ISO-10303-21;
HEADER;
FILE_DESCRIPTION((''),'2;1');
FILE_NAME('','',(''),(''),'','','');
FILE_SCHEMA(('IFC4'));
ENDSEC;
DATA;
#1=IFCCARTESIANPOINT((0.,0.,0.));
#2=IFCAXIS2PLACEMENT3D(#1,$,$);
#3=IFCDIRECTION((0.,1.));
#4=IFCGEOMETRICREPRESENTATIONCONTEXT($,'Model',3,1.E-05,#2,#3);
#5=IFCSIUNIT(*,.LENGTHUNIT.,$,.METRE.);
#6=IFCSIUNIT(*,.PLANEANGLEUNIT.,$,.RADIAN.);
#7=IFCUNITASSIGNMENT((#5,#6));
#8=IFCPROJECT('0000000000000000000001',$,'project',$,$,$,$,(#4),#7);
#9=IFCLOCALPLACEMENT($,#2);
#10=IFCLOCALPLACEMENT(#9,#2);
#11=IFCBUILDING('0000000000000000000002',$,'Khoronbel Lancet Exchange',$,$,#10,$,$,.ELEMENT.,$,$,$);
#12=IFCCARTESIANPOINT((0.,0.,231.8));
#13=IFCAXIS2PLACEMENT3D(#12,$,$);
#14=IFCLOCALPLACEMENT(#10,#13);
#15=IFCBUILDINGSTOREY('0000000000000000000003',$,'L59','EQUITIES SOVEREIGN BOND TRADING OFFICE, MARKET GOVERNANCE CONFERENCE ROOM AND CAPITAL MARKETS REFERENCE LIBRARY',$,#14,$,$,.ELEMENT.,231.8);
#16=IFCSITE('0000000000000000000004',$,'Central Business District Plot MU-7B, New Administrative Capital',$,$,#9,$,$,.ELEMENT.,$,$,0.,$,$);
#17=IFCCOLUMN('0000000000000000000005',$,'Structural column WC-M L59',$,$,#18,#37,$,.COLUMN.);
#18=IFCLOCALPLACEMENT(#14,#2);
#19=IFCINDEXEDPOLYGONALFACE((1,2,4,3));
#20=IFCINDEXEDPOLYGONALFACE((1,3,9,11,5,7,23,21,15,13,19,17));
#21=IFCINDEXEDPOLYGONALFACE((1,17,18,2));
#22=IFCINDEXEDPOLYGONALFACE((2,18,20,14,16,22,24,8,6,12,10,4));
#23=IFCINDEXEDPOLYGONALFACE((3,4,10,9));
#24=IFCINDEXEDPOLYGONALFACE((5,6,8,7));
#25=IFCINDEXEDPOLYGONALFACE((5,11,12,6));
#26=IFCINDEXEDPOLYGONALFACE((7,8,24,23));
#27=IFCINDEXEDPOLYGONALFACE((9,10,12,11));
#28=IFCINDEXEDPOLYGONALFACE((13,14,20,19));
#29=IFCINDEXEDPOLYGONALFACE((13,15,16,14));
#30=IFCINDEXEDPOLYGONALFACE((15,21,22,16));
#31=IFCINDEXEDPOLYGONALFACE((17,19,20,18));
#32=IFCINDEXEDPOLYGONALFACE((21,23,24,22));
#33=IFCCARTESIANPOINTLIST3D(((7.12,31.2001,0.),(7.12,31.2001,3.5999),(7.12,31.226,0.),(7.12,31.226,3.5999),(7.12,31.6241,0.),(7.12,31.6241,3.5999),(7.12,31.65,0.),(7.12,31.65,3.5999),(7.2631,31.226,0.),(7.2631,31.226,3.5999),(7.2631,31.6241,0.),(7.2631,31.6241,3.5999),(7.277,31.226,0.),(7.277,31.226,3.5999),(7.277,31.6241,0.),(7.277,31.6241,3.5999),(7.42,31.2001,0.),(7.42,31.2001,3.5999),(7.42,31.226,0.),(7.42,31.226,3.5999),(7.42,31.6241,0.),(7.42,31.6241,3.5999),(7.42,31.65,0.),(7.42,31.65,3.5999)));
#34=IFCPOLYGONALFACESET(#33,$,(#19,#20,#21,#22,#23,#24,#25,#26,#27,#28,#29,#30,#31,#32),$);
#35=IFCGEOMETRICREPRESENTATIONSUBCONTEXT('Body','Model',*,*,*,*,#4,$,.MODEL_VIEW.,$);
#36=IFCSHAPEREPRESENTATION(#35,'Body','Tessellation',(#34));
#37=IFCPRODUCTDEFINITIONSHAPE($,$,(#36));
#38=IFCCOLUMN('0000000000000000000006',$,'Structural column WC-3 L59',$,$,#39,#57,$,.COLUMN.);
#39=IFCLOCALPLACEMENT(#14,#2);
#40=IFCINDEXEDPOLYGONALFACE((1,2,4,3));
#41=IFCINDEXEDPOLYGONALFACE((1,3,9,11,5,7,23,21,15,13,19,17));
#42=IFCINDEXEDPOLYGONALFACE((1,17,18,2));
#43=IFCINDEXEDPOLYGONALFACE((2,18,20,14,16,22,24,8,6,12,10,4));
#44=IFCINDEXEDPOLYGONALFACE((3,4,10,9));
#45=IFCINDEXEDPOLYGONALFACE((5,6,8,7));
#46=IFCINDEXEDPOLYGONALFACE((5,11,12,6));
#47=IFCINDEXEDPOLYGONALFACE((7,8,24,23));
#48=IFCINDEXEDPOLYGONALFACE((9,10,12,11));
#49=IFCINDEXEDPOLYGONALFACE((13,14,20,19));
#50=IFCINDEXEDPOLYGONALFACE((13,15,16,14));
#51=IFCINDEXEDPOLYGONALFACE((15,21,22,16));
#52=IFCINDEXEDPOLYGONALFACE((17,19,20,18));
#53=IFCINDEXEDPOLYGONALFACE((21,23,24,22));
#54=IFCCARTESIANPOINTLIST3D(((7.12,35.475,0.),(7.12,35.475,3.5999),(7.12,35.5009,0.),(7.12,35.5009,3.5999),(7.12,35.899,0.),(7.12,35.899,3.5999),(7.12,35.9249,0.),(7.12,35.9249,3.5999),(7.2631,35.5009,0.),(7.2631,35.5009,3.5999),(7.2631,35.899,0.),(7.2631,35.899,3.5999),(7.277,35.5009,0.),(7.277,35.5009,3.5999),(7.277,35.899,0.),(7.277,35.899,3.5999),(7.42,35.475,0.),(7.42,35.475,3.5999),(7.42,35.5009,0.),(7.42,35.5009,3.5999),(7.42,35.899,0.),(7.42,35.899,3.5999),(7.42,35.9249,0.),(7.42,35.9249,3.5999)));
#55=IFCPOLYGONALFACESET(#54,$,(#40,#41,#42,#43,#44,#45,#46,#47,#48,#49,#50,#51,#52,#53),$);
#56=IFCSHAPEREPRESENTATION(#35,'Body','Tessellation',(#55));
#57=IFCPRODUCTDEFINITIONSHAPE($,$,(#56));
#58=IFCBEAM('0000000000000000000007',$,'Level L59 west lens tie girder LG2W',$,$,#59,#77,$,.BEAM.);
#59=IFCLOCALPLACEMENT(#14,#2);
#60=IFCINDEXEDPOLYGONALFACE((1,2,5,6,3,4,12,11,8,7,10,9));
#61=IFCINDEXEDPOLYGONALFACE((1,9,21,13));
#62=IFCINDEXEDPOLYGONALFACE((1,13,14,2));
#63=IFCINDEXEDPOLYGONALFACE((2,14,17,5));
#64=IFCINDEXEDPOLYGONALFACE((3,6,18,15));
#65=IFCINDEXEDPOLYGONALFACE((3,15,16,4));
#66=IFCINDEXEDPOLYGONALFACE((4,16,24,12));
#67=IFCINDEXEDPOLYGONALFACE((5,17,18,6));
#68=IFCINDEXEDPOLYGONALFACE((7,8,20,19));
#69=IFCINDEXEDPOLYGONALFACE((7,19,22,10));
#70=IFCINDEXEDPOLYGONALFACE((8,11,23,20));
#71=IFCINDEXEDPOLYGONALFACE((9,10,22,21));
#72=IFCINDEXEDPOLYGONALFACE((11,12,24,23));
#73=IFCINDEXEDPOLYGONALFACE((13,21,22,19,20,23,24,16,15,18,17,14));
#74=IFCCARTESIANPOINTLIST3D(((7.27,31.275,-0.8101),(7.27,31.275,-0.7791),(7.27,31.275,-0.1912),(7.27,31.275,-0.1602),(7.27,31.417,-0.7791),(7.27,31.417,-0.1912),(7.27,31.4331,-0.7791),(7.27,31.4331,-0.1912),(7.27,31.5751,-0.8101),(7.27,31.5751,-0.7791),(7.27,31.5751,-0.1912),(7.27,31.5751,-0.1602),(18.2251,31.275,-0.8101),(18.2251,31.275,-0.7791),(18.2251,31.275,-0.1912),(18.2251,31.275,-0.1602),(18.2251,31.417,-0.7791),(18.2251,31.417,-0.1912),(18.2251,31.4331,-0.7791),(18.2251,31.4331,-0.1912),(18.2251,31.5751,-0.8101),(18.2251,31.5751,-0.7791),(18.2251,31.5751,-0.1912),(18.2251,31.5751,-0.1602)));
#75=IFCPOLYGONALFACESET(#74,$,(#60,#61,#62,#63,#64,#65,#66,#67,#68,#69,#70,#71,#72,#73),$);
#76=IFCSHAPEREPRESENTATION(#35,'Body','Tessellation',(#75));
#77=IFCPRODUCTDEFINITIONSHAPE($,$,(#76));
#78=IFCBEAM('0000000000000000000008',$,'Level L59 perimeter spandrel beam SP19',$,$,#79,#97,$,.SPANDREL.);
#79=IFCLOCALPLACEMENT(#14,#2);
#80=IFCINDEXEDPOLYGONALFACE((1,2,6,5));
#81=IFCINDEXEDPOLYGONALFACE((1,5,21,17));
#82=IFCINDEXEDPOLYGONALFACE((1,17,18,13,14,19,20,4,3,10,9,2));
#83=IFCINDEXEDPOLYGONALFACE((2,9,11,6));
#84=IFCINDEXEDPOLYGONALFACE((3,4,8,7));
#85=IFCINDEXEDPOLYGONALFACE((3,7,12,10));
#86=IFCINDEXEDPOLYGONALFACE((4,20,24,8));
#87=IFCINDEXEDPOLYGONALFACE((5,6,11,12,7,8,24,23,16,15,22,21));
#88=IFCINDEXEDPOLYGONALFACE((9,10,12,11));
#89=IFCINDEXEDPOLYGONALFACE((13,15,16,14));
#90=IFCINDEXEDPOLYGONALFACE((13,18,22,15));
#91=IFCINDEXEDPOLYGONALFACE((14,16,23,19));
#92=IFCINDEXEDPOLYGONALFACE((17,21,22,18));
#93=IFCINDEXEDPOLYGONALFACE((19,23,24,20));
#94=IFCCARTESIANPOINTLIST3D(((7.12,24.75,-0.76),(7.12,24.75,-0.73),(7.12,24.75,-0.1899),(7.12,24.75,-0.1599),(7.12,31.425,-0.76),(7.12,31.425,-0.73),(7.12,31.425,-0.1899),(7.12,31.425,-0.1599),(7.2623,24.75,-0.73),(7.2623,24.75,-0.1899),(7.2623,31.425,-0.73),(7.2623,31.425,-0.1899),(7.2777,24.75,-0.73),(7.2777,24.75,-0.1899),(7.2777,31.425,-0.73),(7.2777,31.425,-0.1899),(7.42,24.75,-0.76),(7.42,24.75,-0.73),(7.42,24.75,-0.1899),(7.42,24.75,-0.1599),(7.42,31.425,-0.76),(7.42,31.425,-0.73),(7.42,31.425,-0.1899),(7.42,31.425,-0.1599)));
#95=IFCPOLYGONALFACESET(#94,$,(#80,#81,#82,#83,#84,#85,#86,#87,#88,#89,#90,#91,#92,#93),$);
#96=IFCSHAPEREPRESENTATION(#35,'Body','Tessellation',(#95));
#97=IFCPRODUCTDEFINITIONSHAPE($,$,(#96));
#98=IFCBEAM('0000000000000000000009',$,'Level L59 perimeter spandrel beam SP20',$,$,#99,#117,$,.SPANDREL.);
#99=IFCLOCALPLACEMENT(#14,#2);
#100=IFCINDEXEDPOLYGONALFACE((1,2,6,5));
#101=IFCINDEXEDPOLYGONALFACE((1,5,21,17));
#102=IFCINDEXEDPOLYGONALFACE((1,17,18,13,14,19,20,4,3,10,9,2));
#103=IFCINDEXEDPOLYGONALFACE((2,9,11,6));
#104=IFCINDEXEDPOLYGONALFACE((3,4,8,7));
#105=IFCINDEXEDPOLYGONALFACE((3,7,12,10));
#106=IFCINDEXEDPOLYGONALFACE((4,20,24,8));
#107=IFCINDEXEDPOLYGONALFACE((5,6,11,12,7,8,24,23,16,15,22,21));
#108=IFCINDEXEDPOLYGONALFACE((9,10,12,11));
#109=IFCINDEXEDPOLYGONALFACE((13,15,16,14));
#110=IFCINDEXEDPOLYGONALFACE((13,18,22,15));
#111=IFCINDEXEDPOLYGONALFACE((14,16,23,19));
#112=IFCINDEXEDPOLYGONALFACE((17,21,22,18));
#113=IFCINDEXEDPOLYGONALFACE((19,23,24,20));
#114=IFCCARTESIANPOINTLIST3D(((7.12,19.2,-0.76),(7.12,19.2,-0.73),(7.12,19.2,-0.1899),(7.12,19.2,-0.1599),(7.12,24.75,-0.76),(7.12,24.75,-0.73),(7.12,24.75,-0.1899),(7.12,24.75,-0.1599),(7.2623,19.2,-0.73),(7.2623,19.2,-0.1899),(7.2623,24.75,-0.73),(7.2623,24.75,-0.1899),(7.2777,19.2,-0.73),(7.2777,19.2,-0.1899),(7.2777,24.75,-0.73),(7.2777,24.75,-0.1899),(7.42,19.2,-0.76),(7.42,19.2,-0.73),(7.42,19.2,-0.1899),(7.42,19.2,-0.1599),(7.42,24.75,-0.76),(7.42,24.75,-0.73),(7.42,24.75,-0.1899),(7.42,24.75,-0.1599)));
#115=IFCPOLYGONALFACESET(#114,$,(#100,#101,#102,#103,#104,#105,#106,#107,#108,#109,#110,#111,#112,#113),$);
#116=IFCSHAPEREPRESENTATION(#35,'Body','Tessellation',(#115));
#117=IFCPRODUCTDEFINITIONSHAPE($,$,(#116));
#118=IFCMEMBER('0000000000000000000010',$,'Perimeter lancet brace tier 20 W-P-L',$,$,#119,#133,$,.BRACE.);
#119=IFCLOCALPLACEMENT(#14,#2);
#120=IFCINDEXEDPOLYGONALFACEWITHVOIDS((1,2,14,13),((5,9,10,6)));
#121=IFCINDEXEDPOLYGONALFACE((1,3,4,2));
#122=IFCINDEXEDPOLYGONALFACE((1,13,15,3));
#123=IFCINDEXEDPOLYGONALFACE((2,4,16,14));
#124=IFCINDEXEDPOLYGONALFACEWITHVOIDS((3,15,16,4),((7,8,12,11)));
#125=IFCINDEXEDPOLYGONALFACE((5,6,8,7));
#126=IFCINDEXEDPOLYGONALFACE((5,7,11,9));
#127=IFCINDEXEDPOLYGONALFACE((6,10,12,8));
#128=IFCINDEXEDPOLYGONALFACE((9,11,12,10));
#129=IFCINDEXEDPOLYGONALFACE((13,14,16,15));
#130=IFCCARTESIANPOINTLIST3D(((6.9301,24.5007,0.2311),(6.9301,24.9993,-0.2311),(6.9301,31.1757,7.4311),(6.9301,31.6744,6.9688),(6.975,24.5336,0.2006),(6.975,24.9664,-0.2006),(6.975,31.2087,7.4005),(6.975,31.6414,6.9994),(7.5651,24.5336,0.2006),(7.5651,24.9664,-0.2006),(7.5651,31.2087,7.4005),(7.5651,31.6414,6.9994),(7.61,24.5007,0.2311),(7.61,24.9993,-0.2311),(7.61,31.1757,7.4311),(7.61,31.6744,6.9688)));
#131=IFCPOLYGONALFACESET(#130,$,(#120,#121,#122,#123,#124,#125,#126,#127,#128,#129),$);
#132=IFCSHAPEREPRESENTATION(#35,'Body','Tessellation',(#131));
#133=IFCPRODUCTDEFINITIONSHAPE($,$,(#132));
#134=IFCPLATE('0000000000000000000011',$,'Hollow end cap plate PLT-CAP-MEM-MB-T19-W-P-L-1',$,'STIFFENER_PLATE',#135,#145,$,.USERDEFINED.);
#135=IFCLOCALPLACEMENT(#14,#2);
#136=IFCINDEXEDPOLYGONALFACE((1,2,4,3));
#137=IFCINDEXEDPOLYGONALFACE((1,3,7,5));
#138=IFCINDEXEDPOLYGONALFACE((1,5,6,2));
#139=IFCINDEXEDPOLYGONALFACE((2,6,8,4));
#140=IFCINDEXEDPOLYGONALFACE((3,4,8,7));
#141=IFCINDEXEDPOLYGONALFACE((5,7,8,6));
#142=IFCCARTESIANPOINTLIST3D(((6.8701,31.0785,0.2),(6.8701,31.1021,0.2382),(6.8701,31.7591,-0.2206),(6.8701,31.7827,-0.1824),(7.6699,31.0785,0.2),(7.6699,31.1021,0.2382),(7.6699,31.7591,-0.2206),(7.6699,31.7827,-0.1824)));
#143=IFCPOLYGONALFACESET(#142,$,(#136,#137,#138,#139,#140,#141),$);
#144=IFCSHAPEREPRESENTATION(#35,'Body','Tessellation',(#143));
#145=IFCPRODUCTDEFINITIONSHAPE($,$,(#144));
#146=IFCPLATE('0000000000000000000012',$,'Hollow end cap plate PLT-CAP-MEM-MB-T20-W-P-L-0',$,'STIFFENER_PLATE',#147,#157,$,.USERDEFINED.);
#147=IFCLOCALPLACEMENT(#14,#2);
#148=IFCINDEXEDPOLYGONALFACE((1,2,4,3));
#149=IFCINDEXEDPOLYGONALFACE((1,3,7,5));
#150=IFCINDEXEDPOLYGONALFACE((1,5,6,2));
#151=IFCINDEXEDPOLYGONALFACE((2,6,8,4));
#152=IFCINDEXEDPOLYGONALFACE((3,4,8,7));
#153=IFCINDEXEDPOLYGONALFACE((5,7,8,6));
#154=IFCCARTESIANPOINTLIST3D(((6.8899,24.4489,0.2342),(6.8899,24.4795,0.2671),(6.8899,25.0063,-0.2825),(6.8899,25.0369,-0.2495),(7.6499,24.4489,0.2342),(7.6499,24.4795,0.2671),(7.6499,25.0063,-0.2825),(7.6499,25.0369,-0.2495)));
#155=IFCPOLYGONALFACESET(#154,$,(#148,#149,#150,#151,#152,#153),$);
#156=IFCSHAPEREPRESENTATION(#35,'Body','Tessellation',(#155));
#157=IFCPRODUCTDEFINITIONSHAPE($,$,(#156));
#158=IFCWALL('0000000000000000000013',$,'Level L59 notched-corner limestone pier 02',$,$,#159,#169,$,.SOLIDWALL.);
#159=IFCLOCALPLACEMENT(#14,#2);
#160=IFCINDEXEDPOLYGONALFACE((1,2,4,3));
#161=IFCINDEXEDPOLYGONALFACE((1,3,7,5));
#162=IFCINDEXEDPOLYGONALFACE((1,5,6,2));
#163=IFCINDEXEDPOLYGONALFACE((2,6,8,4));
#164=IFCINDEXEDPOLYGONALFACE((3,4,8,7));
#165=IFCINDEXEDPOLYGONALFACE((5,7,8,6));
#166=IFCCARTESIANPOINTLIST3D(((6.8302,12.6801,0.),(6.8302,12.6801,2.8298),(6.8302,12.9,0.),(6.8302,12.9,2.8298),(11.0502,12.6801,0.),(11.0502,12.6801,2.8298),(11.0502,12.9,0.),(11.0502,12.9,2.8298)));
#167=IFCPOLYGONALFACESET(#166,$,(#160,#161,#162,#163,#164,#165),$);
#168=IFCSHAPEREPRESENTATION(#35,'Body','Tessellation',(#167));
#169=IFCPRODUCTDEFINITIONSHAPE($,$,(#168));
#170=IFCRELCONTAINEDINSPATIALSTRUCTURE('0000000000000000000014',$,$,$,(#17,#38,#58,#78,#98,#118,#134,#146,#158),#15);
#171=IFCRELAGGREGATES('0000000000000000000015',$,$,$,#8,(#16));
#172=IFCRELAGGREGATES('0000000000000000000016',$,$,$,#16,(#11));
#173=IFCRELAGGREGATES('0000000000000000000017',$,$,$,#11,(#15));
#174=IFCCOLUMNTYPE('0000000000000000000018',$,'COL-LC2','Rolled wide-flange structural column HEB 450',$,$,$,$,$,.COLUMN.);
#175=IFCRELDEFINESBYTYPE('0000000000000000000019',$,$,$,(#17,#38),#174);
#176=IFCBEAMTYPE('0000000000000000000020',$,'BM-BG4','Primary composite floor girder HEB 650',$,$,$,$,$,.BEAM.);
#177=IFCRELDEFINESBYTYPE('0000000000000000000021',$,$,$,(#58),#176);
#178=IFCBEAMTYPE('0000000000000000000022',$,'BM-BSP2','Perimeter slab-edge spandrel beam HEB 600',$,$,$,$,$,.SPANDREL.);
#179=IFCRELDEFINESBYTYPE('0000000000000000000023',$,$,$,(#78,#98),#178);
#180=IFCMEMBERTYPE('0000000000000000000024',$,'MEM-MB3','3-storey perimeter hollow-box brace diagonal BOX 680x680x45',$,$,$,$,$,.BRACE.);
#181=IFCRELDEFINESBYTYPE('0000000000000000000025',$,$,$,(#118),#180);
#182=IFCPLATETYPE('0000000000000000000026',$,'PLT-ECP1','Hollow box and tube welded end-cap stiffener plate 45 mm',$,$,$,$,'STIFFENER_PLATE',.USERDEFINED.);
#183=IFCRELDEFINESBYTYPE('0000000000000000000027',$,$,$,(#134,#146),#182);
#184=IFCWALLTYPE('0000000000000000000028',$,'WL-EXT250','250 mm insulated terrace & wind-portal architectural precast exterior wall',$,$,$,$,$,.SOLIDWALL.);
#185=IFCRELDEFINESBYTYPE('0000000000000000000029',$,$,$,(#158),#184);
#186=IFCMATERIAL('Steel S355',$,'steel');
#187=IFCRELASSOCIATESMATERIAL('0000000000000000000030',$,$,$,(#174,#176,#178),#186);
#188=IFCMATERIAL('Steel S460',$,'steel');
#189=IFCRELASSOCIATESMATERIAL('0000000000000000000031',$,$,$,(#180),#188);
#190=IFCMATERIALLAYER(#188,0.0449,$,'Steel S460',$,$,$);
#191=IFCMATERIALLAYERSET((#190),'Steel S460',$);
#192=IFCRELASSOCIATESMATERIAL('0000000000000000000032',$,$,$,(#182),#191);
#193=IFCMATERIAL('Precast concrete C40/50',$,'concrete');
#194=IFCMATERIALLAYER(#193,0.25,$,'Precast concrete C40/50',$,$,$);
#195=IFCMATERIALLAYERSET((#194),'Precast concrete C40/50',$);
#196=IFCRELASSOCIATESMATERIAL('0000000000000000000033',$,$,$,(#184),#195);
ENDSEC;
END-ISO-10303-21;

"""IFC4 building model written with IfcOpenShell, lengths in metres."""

from ifc_helpers import new_model, si_unit, direction, frame, frame_2d, origin, origin_2d, place, context, subcontext, project, spatial, polyline, rectangle, hollow_rectangle, i_section, outline, extrude, material, layer, layer_set, material_profile, profile_set, type_object, element, save


model = new_model("IFC4")

# Units and contexts
model_context = context("Model", 3, precision=1e-05, world=origin(), true_north=direction((0.0, 1.0)))
body_context = subcontext(model_context, "Body", "Model", "MODEL_VIEW")
ifc_project = project(units=[si_unit("LENGTHUNIT", "METRE"), si_unit("PLANEANGLEUNIT", "RADIAN")], contexts=[model_context])

# Site, building, storey
site_placement = place(None, origin())
site = spatial("IfcSite", under=ifc_project, at=site_placement, Name="Central Business District Plot MU-7B, New Administrative Capital", CompositionType="ELEMENT", RefElevation=0.0)
building_placement = place(site_placement, origin())
building = spatial("IfcBuilding", under=site, at=building_placement, Name="Khoronbel Lancet Exchange", CompositionType="ELEMENT")
storey_placement = place(building_placement, frame((0.0, 0.0, 231.8)))
storey = spatial("IfcBuildingStorey", under=building, at=storey_placement, Name="L59", Description="EQUITIES SOVEREIGN BOND TRADING OFFICE, MARKET GOVERNANCE CONFERENCE ROOM AND CAPITAL MARKETS REFERENCE LIBRARY", CompositionType="ELEMENT", Elevation=231.8)

# Columns
ifc_material_1 = material(Name="Steel S355", Category="steel")
ifc_material_profile_1 = material_profile(ifc_material_1, i_section(OverallWidth=0.3, OverallDepth=0.45, WebThickness=0.0139, FlangeThickness=0.0259, at=origin_2d()), Name="HEB 450")
ifc_profile_set_1 = profile_set([ifc_material_profile_1], Name="Steel S355")
column_type = type_object("IfcColumnType", Name="COL-LC2", Description="Rolled wide-flange structural column HEB 450", PredefinedType="COLUMN", material=ifc_profile_set_1)
for number, where, z_axis, x_axis, name in (
    (1, (7.27, 31.425, 0.0), (0.0, 0.0, 1.0), (1.0, 0.0, 0.0), "Structural column WC-M L59"),
    (2, (7.27, 35.7, 0.0), (0.0, 0.0, 1.0), (1.0, 0.0, 0.0), "Structural column WC-3 L59"),
):
    element("IfcColumn", number, at=place(storey_placement, frame(where, z_axis=z_axis, x_axis=x_axis)), inside=storey, type_object=column_type, Name=name, PredefinedType="COLUMN", context=body_context, shape_type="SweptSolid", body=[
        extrude(i_section(OverallWidth=0.3, OverallDepth=0.45, WebThickness=0.0139, FlangeThickness=0.0259, at=origin_2d()), origin(), (0.0, 0.0, 1.0), 3.5999),
    ])

# Beams
ifc_material_profile_2 = material_profile(ifc_material_1, i_section(OverallWidth=0.3, OverallDepth=0.6499, WebThickness=0.0161, FlangeThickness=0.031, at=origin_2d()), Name="HEB 650")
ifc_profile_set_2 = profile_set([ifc_material_profile_2], Name="Steel S355")
beam_type_1 = type_object("IfcBeamType", Name="BM-BG4", Description="Primary composite floor girder HEB 650", PredefinedType="BEAM", material=ifc_profile_set_2)
beam_1_placement = place(storey_placement, frame((7.27, 31.425, -0.4851), z_axis=(1.0, 0.0, 0.0), x_axis=(0.0, 1.0, 0.0)))
element("IfcBeam", 3, at=beam_1_placement, inside=storey, type_object=beam_type_1, Name="Level L59 west lens tie girder LG2W", PredefinedType="BEAM", context=body_context, shape_type="SweptSolid", body=[
    extrude(i_section(OverallWidth=0.3, OverallDepth=0.6499, WebThickness=0.0161, FlangeThickness=0.031, at=origin_2d()), origin(), (0.0, 0.0, 1.0), 10.9551),
])
ifc_material_profile_3 = material_profile(ifc_material_1, i_section(OverallWidth=0.3, OverallDepth=0.6001, WebThickness=0.0154, FlangeThickness=0.03, at=origin_2d()), Name="HEB 600")
ifc_profile_set_3 = profile_set([ifc_material_profile_3], Name="Steel S355")
beam_type_2 = type_object("IfcBeamType", Name="BM-BSP2", Description="Perimeter slab-edge spandrel beam HEB 600", PredefinedType="SPANDREL", material=ifc_profile_set_3)
beam_2_placement = place(storey_placement, frame((7.27, 31.425, -0.46), z_axis=(0.0, -1.0, 0.0), x_axis=(1.0, 0.0, 0.0)))
element("IfcBeam", 4, at=beam_2_placement, inside=storey, type_object=beam_type_2, Name="Level L59 perimeter spandrel beam SP19", PredefinedType="SPANDREL", context=body_context, shape_type="SweptSolid", body=[
    extrude(i_section(OverallWidth=0.3, OverallDepth=0.6001, WebThickness=0.0154, FlangeThickness=0.03, at=origin_2d()), origin(), (0.0, 0.0, 1.0), 6.675),
])
beam_3_placement = place(storey_placement, frame((7.27, 24.75, -0.46), z_axis=(0.0, -1.0, 0.0), x_axis=(1.0, 0.0, 0.0)))
element("IfcBeam", 5, at=beam_3_placement, inside=storey, type_object=beam_type_2, Name="Level L59 perimeter spandrel beam SP20", PredefinedType="SPANDREL", context=body_context, shape_type="SweptSolid", body=[
    extrude(i_section(OverallWidth=0.3, OverallDepth=0.6001, WebThickness=0.0154, FlangeThickness=0.03, at=origin_2d()), origin(), (0.0, 0.0, 1.0), 5.55),
])

# Member
ifc_material_2 = material(Name="Steel S460", Category="steel")
ifc_material_profile_4 = material_profile(ifc_material_2, hollow_rectangle(XDim=0.6799, YDim=0.6799, WallThickness=0.0449, at=origin_2d()), Name="BOX 680x680x45")
ifc_profile_set_4 = profile_set([ifc_material_profile_4], Name="Steel S460")
member_type = type_object("IfcMemberType", Name="MEM-MB3", Description="3-storey perimeter hollow-box brace diagonal BOX 680x680x45", PredefinedType="BRACE", material=ifc_profile_set_4)
member_placement = place(storey_placement, frame((7.27, 24.75, 0.0), z_axis=(0.0, 0.67987, 0.733333), x_axis=(-1.0, 0.0, 0.0)))
element("IfcMember", 6, at=member_placement, inside=storey, type_object=member_type, Name="Perimeter lancet brace tier 20 W-P-L", PredefinedType="BRACE", context=body_context, shape_type="SweptSolid", body=[
    extrude(hollow_rectangle(XDim=0.6799, YDim=0.6799, WallThickness=0.0449, at=origin_2d()), origin(), (0.0, 0.0, 1.0), 9.8181),
])

# Plates
ifc_layer_1 = layer(ifc_material_2, 0.0449, Name="Steel S460")
ifc_layer_set_1 = layer_set([ifc_layer_1], Name="Steel S460")
plate_type = type_object("IfcPlateType", Name="PLT-ECP1", Description="Hollow box and tube welded end-cap stiffener plate 45 mm", ElementType="STIFFENER_PLATE", PredefinedType="USERDEFINED", material=ifc_layer_set_1)
plate_1_placement = place(storey_placement, frame((7.6699, 31.7827, -0.1824), z_axis=(0.0, 0.525714, 0.850662), x_axis=(-1.0, 0.0, 0.0)))
element("IfcPlate", 7, at=plate_1_placement, inside=storey, type_object=plate_type, Name="Hollow end cap plate PLT-CAP-MEM-MB-T19-W-P-L-1", ObjectType="STIFFENER_PLATE", PredefinedType="USERDEFINED", context=body_context, shape_type="SweptSolid", body=[
    extrude(outline(polyline([(0.0, 0.0), (0.7998, 0.0), (0.7998, 0.8), (0.0, 0.8), (0.0, 0.0)])), origin(), (0.0, 0.0, -1.0), 0.0449),
])
plate_2_placement = place(storey_placement, frame((7.6499, 25.0369, -0.2495), z_axis=(0.0, 0.679773, 0.733422), x_axis=(-1.0, 0.0, 0.0)))
element("IfcPlate", 8, at=plate_2_placement, inside=storey, type_object=plate_type, Name="Hollow end cap plate PLT-CAP-MEM-MB-T20-W-P-L-0", ObjectType="STIFFENER_PLATE", PredefinedType="USERDEFINED", context=body_context, shape_type="SweptSolid", body=[
    extrude(outline(polyline([(0.0, 0.0), (0.76, 0.0), (0.76, 0.76), (0.0, 0.76), (0.0, 0.0)])), origin(), (0.0, 0.0, -1.0), 0.0449),
])

# Wall
ifc_material_3 = material(Name="Precast concrete C40/50", Category="concrete")
ifc_layer_2 = layer(ifc_material_3, 0.25, Name="Precast concrete C40/50")
ifc_layer_set_2 = layer_set([ifc_layer_2], Name="Precast concrete C40/50")
wall_type_1 = type_object("IfcWallType", Name="WL-EXT250", Description="250 mm insulated terrace & wind-portal architectural precast exterior wall", PredefinedType="SOLIDWALL", material=ifc_layer_set_2)
wall_1_placement = place(storey_placement, frame((11.05, 12.79, 0.0), z_axis=(0.0, 0.0, 1.0), x_axis=(-1.0, 0.0, 0.0)))
element("IfcWall", 9, at=wall_1_placement, inside=storey, type_object=wall_type_1, Name="Level L59 notched-corner limestone pier 02", PredefinedType="SOLIDWALL", context=body_context, shape_type="SweptSolid", body=[
    extrude(rectangle(XDim=4.22, YDim=0.22, at=frame_2d((2.1099, 0.0))), origin(), (0.0, 0.0, 1.0), 2.8298),
])

save(model, "model.ifc")
